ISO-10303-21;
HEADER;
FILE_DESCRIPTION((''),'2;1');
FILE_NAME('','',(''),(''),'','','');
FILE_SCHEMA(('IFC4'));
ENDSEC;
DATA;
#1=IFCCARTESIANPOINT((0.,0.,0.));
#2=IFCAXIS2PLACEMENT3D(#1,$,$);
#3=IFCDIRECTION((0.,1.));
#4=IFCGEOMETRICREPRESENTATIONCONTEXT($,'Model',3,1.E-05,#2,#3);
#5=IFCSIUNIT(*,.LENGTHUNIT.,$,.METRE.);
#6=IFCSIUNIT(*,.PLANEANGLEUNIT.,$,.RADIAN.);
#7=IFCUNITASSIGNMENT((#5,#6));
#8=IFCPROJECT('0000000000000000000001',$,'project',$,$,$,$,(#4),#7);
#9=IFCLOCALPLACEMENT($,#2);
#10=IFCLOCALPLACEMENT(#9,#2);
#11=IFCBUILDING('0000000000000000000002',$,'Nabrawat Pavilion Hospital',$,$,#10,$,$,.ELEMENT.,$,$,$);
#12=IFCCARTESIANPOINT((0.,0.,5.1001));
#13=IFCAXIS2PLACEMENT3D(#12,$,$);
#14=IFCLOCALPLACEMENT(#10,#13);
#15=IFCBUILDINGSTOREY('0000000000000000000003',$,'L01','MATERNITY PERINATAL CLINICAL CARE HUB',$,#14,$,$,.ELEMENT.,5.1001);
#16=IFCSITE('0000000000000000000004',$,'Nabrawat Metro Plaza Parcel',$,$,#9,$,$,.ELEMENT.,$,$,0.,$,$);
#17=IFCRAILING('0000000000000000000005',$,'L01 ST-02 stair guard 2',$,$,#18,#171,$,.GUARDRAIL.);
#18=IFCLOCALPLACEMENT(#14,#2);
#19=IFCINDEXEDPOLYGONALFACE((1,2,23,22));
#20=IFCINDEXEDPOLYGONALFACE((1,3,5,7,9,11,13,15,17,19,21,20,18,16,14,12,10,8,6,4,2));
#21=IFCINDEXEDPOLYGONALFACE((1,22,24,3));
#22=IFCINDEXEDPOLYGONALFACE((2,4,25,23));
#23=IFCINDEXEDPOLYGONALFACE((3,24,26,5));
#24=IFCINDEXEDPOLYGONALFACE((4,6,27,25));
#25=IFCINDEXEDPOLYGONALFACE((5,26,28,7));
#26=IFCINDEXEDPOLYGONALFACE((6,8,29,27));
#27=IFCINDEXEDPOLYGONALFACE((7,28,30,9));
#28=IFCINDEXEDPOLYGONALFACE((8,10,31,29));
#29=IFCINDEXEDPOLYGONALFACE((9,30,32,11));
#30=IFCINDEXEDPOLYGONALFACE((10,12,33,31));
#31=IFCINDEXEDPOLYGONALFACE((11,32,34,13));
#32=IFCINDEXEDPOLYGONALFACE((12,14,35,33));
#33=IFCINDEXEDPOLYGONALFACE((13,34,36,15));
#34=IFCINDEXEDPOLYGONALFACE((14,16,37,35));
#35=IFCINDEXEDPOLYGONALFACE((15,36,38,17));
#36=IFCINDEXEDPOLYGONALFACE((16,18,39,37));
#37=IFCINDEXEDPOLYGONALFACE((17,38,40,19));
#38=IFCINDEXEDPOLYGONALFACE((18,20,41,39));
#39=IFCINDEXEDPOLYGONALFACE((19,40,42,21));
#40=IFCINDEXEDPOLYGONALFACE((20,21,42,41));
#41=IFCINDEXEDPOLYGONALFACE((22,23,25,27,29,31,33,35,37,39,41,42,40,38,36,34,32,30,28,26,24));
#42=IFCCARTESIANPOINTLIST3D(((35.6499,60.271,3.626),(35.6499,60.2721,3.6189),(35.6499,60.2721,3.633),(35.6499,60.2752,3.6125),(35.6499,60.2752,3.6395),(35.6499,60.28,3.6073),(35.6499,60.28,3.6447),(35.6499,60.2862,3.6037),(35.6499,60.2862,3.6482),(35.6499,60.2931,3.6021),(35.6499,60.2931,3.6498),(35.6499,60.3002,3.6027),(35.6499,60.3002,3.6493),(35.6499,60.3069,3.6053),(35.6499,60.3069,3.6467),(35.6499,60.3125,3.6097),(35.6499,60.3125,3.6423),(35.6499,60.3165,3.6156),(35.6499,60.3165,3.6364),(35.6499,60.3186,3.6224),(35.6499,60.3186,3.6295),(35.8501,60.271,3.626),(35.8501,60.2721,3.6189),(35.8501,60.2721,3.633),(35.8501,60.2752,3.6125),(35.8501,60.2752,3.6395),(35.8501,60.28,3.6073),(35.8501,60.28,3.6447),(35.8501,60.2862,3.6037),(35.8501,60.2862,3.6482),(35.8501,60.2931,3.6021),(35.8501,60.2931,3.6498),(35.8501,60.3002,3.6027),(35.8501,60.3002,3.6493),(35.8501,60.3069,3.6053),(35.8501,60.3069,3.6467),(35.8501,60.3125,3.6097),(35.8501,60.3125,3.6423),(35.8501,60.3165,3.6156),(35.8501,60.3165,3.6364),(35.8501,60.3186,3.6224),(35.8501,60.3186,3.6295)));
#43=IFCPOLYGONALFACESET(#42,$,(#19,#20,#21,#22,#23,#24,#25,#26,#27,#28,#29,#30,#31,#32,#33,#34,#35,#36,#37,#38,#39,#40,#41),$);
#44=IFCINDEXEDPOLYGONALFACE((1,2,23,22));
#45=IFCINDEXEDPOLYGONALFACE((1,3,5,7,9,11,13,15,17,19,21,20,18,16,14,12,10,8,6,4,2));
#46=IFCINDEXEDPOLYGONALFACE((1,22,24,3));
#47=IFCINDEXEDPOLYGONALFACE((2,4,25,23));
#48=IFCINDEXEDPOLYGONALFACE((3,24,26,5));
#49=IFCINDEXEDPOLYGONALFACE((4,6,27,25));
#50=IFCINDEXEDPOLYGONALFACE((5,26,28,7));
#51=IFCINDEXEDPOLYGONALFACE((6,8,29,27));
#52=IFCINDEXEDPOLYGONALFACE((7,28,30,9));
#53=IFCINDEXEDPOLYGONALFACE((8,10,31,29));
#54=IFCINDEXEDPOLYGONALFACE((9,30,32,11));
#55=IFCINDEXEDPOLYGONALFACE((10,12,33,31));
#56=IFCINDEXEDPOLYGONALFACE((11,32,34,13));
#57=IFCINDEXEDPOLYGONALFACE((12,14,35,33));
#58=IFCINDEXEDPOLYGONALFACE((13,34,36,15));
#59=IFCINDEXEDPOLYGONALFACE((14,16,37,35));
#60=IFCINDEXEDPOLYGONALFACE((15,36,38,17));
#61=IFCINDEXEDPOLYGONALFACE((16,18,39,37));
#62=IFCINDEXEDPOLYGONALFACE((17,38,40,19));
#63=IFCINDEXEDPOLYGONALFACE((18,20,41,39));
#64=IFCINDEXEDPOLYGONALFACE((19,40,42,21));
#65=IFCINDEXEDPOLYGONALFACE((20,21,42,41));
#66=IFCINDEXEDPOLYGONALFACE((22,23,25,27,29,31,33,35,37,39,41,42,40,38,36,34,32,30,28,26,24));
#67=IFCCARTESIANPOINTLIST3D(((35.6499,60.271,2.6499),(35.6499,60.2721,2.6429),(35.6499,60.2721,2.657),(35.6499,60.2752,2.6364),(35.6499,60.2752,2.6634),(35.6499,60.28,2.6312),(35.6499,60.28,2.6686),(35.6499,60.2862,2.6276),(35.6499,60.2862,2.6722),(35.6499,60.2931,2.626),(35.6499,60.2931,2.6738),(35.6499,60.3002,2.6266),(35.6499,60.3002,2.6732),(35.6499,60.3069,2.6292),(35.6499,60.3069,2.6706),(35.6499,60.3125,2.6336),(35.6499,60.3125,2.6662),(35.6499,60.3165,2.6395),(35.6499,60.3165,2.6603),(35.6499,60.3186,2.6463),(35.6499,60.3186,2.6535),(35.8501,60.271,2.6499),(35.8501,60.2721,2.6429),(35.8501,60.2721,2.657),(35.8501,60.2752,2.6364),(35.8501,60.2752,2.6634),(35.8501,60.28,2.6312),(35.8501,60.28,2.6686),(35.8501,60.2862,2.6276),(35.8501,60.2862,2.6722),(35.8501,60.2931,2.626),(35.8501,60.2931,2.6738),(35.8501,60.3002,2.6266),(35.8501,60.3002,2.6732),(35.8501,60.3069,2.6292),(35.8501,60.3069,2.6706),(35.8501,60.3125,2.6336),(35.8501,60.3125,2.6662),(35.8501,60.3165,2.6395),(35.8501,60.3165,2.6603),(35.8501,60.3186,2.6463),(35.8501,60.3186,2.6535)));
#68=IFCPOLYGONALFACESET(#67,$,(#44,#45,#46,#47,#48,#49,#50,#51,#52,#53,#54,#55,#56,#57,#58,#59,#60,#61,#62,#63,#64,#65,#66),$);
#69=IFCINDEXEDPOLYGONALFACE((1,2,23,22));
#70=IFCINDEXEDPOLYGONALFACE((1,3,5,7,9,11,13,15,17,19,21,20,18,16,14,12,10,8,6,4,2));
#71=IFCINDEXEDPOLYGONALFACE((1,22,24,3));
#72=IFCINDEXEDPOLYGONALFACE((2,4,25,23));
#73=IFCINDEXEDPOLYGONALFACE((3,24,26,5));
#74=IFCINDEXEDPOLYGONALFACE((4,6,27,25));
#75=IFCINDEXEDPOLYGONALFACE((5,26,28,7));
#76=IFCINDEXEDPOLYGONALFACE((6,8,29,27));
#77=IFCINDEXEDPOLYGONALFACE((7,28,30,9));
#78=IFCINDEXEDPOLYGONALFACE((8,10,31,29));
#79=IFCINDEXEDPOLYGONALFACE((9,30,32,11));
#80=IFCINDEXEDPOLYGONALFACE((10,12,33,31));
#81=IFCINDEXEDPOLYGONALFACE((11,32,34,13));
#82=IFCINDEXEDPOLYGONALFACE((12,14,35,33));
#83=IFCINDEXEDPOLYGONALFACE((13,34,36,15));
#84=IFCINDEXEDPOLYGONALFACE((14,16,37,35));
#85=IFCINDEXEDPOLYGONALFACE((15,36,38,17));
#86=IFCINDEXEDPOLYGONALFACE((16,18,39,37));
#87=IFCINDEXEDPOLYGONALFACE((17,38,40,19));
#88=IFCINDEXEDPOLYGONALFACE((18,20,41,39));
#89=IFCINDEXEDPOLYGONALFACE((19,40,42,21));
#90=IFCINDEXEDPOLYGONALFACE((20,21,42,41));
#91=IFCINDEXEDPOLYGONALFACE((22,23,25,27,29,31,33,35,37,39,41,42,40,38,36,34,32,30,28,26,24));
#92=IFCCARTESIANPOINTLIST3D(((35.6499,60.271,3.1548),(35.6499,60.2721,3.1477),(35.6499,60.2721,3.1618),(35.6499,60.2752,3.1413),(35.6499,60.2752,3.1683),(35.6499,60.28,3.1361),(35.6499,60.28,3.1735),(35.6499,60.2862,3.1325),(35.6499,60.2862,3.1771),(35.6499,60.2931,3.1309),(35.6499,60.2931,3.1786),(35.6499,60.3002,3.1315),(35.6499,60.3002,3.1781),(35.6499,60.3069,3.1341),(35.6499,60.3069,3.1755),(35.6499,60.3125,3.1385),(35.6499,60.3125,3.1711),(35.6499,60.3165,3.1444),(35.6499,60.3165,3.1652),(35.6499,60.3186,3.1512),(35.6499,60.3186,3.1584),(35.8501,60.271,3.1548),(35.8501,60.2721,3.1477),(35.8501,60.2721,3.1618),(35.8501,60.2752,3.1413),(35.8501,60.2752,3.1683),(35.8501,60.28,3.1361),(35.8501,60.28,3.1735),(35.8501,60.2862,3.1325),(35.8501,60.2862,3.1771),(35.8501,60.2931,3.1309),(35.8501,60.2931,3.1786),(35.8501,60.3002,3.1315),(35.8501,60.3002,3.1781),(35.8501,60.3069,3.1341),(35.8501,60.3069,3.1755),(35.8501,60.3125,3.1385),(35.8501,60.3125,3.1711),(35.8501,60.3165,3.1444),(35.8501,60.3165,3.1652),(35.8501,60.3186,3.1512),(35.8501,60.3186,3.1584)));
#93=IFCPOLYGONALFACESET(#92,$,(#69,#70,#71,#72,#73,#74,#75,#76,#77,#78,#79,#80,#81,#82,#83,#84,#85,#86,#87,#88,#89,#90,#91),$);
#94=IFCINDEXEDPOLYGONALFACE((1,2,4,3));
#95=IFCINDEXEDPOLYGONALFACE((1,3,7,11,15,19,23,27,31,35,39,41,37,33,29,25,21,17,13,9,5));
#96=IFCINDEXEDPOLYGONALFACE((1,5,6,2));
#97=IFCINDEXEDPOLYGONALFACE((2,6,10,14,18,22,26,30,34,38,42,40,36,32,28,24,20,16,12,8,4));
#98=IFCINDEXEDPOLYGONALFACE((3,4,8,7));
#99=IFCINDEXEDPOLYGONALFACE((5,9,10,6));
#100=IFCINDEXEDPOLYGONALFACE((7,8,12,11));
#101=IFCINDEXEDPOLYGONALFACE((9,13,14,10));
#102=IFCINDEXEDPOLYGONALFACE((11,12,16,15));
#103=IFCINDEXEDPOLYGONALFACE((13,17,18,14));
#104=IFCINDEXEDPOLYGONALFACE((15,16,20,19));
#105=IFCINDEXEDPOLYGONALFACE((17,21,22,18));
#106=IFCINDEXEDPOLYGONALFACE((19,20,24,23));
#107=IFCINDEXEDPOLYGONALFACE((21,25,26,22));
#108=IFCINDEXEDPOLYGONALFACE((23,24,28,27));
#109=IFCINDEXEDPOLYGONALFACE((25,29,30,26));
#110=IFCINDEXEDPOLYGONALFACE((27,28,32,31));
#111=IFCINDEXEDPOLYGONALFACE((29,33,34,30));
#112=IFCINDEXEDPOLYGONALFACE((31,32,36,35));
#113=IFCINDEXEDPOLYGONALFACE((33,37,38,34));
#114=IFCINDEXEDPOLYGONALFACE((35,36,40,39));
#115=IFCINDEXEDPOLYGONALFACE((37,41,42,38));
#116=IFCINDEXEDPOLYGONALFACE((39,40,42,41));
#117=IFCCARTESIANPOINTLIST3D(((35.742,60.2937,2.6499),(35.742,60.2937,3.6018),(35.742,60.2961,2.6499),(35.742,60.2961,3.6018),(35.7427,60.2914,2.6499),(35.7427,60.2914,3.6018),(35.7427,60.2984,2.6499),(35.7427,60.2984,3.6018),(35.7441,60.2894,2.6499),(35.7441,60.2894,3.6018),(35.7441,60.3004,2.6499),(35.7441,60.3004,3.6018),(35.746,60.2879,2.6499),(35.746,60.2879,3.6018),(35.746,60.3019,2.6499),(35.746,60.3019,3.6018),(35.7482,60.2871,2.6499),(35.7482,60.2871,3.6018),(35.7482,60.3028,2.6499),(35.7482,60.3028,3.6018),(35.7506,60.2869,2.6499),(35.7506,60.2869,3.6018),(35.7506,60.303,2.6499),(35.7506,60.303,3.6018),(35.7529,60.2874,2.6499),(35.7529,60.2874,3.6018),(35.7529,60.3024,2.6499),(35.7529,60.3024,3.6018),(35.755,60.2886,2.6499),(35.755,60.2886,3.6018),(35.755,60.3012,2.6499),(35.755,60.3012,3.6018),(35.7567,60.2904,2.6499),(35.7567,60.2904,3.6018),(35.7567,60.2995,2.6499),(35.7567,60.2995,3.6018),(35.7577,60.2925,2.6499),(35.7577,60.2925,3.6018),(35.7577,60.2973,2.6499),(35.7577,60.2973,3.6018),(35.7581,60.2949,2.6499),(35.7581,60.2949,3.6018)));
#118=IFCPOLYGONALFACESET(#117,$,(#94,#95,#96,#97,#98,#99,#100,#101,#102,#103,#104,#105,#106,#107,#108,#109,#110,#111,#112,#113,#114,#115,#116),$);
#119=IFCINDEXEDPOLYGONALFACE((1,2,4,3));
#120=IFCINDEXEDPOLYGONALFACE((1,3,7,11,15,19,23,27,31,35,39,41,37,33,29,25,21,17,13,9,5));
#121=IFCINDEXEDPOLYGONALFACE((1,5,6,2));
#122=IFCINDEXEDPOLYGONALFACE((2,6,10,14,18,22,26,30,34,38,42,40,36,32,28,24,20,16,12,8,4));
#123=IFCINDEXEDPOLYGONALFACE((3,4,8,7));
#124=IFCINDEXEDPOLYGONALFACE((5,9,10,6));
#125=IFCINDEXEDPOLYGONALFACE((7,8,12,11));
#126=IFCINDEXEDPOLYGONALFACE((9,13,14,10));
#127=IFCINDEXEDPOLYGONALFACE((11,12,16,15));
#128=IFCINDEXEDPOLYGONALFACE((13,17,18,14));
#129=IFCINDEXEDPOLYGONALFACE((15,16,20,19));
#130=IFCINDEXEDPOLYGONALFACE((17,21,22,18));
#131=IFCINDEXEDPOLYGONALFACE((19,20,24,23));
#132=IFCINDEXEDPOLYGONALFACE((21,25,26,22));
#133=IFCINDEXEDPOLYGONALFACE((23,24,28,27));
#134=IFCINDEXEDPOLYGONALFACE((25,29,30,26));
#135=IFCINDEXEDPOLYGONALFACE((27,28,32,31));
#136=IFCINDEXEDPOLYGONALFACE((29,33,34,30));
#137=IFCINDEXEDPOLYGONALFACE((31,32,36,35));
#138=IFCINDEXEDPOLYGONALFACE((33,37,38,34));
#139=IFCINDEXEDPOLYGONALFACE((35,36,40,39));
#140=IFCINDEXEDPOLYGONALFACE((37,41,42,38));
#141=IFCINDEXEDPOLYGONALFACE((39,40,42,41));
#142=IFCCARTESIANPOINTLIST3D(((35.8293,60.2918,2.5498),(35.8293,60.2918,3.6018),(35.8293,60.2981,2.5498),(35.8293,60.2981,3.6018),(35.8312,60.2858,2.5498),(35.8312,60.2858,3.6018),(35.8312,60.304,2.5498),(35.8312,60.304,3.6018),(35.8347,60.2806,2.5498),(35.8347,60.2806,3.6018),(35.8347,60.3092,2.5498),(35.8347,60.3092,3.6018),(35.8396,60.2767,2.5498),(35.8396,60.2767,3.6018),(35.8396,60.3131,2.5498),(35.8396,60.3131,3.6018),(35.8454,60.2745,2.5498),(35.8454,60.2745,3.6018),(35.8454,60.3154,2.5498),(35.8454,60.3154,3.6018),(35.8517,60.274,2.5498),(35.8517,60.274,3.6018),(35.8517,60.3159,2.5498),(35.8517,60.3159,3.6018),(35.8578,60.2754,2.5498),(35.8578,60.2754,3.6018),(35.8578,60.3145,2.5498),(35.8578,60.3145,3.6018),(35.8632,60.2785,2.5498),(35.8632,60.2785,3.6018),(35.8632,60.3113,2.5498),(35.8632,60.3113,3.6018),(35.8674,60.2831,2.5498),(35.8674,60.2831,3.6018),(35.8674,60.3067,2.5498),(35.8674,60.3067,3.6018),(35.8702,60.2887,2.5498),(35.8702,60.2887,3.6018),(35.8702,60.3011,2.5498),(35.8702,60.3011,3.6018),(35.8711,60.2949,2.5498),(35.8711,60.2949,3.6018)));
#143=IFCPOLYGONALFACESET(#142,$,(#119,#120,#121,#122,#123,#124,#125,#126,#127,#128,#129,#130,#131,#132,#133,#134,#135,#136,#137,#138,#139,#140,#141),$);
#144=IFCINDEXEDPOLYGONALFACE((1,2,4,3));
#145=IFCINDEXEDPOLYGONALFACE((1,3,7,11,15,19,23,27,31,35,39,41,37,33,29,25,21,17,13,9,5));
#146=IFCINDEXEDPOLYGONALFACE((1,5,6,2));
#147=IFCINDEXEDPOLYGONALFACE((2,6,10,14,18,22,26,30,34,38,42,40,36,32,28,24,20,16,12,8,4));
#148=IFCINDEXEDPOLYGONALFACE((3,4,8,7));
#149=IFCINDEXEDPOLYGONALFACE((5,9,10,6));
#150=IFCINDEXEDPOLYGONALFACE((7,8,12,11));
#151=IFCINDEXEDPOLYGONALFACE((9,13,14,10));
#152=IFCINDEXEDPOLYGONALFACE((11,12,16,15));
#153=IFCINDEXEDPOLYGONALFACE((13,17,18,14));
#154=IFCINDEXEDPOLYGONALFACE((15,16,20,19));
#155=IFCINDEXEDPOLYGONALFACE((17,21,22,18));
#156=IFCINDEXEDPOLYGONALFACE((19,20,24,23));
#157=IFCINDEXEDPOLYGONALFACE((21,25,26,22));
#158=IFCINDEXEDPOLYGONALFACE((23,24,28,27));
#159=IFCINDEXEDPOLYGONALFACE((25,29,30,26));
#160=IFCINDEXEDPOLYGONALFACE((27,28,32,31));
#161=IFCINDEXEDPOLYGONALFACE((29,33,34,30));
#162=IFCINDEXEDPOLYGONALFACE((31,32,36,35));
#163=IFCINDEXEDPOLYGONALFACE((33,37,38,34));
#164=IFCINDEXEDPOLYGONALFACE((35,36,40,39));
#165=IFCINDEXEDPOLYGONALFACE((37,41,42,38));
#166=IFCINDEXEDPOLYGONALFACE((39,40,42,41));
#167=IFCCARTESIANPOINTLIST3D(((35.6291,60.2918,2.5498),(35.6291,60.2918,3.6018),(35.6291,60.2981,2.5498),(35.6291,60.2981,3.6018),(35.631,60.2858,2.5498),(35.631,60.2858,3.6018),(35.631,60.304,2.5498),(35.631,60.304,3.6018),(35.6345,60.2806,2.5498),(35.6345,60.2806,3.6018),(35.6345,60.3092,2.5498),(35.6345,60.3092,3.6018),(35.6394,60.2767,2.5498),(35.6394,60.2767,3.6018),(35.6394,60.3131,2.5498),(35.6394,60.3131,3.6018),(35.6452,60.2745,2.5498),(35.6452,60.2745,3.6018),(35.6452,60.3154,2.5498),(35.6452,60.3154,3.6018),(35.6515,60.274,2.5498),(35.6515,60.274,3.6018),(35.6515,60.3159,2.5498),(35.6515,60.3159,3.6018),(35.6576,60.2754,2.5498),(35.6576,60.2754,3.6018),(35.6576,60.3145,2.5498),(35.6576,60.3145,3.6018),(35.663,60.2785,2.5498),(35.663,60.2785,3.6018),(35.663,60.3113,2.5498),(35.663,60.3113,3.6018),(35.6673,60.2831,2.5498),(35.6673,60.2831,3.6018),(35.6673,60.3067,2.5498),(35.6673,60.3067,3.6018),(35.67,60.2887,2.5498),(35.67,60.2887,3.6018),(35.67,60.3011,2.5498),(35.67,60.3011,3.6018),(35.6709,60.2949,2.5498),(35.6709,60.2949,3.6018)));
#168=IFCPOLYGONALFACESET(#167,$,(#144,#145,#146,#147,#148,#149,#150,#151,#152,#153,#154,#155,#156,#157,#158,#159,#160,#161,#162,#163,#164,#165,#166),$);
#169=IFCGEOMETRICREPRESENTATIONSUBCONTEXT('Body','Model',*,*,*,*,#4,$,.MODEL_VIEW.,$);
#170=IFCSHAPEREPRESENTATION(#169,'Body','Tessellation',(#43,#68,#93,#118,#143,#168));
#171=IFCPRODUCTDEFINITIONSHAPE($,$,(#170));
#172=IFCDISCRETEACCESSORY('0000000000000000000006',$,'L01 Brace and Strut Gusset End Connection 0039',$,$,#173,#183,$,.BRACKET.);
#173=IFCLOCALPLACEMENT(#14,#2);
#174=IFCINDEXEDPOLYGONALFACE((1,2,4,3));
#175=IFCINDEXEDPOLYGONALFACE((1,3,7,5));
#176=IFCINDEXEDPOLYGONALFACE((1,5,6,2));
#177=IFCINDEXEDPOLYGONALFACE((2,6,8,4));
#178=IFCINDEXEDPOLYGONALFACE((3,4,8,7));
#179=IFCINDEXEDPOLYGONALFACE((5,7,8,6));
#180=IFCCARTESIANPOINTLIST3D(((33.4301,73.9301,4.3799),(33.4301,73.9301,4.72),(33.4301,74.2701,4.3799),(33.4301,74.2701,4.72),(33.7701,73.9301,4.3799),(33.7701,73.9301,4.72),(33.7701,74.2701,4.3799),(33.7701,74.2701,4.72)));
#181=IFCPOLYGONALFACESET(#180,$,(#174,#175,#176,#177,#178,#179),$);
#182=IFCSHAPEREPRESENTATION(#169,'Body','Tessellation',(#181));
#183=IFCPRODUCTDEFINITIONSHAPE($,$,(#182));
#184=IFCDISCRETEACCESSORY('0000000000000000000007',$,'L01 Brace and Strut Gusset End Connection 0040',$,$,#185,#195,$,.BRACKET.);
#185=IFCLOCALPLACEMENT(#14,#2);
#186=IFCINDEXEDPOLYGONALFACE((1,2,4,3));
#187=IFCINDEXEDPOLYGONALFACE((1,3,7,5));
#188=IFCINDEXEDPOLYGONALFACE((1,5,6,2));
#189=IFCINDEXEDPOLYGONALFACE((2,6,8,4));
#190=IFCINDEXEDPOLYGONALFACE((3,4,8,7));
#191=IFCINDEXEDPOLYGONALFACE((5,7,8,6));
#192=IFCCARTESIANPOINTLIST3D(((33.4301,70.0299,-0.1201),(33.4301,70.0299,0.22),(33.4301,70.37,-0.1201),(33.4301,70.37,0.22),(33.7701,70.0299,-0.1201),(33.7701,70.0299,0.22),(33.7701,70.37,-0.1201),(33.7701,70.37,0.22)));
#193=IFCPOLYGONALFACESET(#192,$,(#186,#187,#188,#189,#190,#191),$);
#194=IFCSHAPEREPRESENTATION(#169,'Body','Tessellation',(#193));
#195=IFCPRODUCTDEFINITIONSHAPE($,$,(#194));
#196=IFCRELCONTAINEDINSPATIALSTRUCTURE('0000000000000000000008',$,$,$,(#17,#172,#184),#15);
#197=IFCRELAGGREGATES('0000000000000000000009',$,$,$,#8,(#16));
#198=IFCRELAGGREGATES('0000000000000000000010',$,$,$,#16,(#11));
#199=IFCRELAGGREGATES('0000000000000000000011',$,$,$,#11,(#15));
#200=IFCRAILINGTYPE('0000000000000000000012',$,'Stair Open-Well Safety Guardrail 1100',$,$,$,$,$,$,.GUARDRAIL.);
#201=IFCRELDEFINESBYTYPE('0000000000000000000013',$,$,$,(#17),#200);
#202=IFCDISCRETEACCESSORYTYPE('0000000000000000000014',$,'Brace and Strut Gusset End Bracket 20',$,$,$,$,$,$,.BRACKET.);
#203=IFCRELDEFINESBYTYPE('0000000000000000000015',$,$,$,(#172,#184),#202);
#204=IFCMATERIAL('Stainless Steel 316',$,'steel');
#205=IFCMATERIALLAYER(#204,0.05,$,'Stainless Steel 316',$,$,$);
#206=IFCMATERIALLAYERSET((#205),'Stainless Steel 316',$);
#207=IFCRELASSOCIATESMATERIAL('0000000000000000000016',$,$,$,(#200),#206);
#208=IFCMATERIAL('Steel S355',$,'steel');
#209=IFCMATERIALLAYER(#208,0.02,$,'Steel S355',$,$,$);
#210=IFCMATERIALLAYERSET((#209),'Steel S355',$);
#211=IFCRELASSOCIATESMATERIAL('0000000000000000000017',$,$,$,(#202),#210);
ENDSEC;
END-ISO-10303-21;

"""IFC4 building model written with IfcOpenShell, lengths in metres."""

from ifc_helpers import new_model, si_unit, direction, frame, origin, origin_2d, place, context, subcontext, project, spatial, rectangle, circle, extrude, material, layer, layer_set, type_object, element, save


model = new_model("IFC4")

# Units and contexts
model_context = context("Model", 3, precision=1e-05, world=origin(), true_north=direction((0.0, 1.0)))
body_context = subcontext(model_context, "Body", "Model", "MODEL_VIEW")
ifc_project = project(units=[si_unit("LENGTHUNIT", "METRE"), si_unit("PLANEANGLEUNIT", "RADIAN")], contexts=[model_context])

# Site, building, storey
site_placement = place(None, origin())
site = spatial("IfcSite", under=ifc_project, at=site_placement, Name="Nabrawat Metro Plaza Parcel", CompositionType="ELEMENT", RefElevation=0.0)
building_placement = place(site_placement, origin())
building = spatial("IfcBuilding", under=site, at=building_placement, Name="Nabrawat Pavilion Hospital", CompositionType="ELEMENT")
storey_placement = place(building_placement, frame((0.0, 0.0, 5.1001)))
storey = spatial("IfcBuildingStorey", under=building, at=storey_placement, Name="L01", Description="MATERNITY PERINATAL CLINICAL CARE HUB", CompositionType="ELEMENT", Elevation=5.1001)

# Shared definitions
ifc_material_1 = material(Name="Steel S355", Category="steel")

# Railing
ifc_material_2 = material(Name="Stainless Steel 316", Category="steel")
ifc_layer_1 = layer(ifc_material_2, 0.05, Name="Stainless Steel 316")
ifc_layer_set_1 = layer_set([ifc_layer_1], Name="Stainless Steel 316")
railing_type = type_object("IfcRailingType", Name="Stair Open-Well Safety Guardrail 1100", PredefinedType="GUARDRAIL", material=ifc_layer_set_1)
railing_1_placement = place(storey_placement, frame((35.8501, 60.2949, 2.5498)))
element("IfcRailing", 1, at=railing_1_placement, inside=storey, type_object=railing_type, Name="L01 ST-02 stair guard 2", PredefinedType="GUARDRAIL", context=body_context, shape_type="SweptSolid", body=[
    extrude(circle(Radius=0.0239, at=origin_2d()), frame((0.0, 0.0, 1.0762), z_axis=(-1.0, 0.0, 0.0), x_axis=(0.0, -1.0, 0.0)), (0.0, 0.0, 1.0), 0.2002),
    extrude(circle(Radius=0.0239, at=origin_2d()), frame((0.0, 0.0, 0.1001), z_axis=(-1.0, 0.0, 0.0), x_axis=(0.0, -1.0, 0.0)), (0.0, 0.0, 1.0), 0.2002),
    extrude(circle(Radius=0.0239, at=origin_2d()), frame((0.0, 0.0, 0.605), z_axis=(-1.0, 0.0, 0.0), x_axis=(0.0, -1.0, 0.0)), (0.0, 0.0, 1.0), 0.2002),
    extrude(circle(Radius=0.0081, at=origin_2d()), frame((-0.1001, 0.0, 0.1001)), (0.0, 0.0, 1.0), 0.9519),
    extrude(circle(Radius=0.021, at=origin_2d()), origin(), (0.0, 0.0, 1.0), 1.052),
    extrude(circle(Radius=0.021, at=origin_2d()), frame((-0.2002, 0.0, 0.0)), (0.0, 0.0, 1.0), 1.052),
])

# Discrete accessories
ifc_layer_2 = layer(ifc_material_1, 0.02, Name="Steel S355")
ifc_layer_set_2 = layer_set([ifc_layer_2], Name="Steel S355")
discrete_accessory_type = type_object("IfcDiscreteAccessoryType", Name="Brace and Strut Gusset End Bracket 20", PredefinedType="BRACKET", material=ifc_layer_set_2)
for number, where, z_axis, x_axis, name in (
    (2, (33.6001, 74.1001, 4.3799), (0.0, 0.0, 1.0), (1.0, 0.0, 0.0), "L01 Brace and Strut Gusset End Connection 0039"),
    (3, (33.6001, 70.2, -0.1201), (0.0, 0.0, 1.0), (1.0, 0.0, 0.0), "L01 Brace and Strut Gusset End Connection 0040"),
):
    element("IfcDiscreteAccessory", number, at=place(storey_placement, frame(where, z_axis=z_axis, x_axis=x_axis)), inside=storey, type_object=discrete_accessory_type, Name=name, PredefinedType="BRACKET", context=body_context, shape_type="SweptSolid", body=[
        extrude(rectangle(XDim=0.3401, YDim=0.3401, at=origin_2d()), origin(), (0.0, 0.0, 1.0), 0.3401),
    ])

save(model, "model.ifc")
